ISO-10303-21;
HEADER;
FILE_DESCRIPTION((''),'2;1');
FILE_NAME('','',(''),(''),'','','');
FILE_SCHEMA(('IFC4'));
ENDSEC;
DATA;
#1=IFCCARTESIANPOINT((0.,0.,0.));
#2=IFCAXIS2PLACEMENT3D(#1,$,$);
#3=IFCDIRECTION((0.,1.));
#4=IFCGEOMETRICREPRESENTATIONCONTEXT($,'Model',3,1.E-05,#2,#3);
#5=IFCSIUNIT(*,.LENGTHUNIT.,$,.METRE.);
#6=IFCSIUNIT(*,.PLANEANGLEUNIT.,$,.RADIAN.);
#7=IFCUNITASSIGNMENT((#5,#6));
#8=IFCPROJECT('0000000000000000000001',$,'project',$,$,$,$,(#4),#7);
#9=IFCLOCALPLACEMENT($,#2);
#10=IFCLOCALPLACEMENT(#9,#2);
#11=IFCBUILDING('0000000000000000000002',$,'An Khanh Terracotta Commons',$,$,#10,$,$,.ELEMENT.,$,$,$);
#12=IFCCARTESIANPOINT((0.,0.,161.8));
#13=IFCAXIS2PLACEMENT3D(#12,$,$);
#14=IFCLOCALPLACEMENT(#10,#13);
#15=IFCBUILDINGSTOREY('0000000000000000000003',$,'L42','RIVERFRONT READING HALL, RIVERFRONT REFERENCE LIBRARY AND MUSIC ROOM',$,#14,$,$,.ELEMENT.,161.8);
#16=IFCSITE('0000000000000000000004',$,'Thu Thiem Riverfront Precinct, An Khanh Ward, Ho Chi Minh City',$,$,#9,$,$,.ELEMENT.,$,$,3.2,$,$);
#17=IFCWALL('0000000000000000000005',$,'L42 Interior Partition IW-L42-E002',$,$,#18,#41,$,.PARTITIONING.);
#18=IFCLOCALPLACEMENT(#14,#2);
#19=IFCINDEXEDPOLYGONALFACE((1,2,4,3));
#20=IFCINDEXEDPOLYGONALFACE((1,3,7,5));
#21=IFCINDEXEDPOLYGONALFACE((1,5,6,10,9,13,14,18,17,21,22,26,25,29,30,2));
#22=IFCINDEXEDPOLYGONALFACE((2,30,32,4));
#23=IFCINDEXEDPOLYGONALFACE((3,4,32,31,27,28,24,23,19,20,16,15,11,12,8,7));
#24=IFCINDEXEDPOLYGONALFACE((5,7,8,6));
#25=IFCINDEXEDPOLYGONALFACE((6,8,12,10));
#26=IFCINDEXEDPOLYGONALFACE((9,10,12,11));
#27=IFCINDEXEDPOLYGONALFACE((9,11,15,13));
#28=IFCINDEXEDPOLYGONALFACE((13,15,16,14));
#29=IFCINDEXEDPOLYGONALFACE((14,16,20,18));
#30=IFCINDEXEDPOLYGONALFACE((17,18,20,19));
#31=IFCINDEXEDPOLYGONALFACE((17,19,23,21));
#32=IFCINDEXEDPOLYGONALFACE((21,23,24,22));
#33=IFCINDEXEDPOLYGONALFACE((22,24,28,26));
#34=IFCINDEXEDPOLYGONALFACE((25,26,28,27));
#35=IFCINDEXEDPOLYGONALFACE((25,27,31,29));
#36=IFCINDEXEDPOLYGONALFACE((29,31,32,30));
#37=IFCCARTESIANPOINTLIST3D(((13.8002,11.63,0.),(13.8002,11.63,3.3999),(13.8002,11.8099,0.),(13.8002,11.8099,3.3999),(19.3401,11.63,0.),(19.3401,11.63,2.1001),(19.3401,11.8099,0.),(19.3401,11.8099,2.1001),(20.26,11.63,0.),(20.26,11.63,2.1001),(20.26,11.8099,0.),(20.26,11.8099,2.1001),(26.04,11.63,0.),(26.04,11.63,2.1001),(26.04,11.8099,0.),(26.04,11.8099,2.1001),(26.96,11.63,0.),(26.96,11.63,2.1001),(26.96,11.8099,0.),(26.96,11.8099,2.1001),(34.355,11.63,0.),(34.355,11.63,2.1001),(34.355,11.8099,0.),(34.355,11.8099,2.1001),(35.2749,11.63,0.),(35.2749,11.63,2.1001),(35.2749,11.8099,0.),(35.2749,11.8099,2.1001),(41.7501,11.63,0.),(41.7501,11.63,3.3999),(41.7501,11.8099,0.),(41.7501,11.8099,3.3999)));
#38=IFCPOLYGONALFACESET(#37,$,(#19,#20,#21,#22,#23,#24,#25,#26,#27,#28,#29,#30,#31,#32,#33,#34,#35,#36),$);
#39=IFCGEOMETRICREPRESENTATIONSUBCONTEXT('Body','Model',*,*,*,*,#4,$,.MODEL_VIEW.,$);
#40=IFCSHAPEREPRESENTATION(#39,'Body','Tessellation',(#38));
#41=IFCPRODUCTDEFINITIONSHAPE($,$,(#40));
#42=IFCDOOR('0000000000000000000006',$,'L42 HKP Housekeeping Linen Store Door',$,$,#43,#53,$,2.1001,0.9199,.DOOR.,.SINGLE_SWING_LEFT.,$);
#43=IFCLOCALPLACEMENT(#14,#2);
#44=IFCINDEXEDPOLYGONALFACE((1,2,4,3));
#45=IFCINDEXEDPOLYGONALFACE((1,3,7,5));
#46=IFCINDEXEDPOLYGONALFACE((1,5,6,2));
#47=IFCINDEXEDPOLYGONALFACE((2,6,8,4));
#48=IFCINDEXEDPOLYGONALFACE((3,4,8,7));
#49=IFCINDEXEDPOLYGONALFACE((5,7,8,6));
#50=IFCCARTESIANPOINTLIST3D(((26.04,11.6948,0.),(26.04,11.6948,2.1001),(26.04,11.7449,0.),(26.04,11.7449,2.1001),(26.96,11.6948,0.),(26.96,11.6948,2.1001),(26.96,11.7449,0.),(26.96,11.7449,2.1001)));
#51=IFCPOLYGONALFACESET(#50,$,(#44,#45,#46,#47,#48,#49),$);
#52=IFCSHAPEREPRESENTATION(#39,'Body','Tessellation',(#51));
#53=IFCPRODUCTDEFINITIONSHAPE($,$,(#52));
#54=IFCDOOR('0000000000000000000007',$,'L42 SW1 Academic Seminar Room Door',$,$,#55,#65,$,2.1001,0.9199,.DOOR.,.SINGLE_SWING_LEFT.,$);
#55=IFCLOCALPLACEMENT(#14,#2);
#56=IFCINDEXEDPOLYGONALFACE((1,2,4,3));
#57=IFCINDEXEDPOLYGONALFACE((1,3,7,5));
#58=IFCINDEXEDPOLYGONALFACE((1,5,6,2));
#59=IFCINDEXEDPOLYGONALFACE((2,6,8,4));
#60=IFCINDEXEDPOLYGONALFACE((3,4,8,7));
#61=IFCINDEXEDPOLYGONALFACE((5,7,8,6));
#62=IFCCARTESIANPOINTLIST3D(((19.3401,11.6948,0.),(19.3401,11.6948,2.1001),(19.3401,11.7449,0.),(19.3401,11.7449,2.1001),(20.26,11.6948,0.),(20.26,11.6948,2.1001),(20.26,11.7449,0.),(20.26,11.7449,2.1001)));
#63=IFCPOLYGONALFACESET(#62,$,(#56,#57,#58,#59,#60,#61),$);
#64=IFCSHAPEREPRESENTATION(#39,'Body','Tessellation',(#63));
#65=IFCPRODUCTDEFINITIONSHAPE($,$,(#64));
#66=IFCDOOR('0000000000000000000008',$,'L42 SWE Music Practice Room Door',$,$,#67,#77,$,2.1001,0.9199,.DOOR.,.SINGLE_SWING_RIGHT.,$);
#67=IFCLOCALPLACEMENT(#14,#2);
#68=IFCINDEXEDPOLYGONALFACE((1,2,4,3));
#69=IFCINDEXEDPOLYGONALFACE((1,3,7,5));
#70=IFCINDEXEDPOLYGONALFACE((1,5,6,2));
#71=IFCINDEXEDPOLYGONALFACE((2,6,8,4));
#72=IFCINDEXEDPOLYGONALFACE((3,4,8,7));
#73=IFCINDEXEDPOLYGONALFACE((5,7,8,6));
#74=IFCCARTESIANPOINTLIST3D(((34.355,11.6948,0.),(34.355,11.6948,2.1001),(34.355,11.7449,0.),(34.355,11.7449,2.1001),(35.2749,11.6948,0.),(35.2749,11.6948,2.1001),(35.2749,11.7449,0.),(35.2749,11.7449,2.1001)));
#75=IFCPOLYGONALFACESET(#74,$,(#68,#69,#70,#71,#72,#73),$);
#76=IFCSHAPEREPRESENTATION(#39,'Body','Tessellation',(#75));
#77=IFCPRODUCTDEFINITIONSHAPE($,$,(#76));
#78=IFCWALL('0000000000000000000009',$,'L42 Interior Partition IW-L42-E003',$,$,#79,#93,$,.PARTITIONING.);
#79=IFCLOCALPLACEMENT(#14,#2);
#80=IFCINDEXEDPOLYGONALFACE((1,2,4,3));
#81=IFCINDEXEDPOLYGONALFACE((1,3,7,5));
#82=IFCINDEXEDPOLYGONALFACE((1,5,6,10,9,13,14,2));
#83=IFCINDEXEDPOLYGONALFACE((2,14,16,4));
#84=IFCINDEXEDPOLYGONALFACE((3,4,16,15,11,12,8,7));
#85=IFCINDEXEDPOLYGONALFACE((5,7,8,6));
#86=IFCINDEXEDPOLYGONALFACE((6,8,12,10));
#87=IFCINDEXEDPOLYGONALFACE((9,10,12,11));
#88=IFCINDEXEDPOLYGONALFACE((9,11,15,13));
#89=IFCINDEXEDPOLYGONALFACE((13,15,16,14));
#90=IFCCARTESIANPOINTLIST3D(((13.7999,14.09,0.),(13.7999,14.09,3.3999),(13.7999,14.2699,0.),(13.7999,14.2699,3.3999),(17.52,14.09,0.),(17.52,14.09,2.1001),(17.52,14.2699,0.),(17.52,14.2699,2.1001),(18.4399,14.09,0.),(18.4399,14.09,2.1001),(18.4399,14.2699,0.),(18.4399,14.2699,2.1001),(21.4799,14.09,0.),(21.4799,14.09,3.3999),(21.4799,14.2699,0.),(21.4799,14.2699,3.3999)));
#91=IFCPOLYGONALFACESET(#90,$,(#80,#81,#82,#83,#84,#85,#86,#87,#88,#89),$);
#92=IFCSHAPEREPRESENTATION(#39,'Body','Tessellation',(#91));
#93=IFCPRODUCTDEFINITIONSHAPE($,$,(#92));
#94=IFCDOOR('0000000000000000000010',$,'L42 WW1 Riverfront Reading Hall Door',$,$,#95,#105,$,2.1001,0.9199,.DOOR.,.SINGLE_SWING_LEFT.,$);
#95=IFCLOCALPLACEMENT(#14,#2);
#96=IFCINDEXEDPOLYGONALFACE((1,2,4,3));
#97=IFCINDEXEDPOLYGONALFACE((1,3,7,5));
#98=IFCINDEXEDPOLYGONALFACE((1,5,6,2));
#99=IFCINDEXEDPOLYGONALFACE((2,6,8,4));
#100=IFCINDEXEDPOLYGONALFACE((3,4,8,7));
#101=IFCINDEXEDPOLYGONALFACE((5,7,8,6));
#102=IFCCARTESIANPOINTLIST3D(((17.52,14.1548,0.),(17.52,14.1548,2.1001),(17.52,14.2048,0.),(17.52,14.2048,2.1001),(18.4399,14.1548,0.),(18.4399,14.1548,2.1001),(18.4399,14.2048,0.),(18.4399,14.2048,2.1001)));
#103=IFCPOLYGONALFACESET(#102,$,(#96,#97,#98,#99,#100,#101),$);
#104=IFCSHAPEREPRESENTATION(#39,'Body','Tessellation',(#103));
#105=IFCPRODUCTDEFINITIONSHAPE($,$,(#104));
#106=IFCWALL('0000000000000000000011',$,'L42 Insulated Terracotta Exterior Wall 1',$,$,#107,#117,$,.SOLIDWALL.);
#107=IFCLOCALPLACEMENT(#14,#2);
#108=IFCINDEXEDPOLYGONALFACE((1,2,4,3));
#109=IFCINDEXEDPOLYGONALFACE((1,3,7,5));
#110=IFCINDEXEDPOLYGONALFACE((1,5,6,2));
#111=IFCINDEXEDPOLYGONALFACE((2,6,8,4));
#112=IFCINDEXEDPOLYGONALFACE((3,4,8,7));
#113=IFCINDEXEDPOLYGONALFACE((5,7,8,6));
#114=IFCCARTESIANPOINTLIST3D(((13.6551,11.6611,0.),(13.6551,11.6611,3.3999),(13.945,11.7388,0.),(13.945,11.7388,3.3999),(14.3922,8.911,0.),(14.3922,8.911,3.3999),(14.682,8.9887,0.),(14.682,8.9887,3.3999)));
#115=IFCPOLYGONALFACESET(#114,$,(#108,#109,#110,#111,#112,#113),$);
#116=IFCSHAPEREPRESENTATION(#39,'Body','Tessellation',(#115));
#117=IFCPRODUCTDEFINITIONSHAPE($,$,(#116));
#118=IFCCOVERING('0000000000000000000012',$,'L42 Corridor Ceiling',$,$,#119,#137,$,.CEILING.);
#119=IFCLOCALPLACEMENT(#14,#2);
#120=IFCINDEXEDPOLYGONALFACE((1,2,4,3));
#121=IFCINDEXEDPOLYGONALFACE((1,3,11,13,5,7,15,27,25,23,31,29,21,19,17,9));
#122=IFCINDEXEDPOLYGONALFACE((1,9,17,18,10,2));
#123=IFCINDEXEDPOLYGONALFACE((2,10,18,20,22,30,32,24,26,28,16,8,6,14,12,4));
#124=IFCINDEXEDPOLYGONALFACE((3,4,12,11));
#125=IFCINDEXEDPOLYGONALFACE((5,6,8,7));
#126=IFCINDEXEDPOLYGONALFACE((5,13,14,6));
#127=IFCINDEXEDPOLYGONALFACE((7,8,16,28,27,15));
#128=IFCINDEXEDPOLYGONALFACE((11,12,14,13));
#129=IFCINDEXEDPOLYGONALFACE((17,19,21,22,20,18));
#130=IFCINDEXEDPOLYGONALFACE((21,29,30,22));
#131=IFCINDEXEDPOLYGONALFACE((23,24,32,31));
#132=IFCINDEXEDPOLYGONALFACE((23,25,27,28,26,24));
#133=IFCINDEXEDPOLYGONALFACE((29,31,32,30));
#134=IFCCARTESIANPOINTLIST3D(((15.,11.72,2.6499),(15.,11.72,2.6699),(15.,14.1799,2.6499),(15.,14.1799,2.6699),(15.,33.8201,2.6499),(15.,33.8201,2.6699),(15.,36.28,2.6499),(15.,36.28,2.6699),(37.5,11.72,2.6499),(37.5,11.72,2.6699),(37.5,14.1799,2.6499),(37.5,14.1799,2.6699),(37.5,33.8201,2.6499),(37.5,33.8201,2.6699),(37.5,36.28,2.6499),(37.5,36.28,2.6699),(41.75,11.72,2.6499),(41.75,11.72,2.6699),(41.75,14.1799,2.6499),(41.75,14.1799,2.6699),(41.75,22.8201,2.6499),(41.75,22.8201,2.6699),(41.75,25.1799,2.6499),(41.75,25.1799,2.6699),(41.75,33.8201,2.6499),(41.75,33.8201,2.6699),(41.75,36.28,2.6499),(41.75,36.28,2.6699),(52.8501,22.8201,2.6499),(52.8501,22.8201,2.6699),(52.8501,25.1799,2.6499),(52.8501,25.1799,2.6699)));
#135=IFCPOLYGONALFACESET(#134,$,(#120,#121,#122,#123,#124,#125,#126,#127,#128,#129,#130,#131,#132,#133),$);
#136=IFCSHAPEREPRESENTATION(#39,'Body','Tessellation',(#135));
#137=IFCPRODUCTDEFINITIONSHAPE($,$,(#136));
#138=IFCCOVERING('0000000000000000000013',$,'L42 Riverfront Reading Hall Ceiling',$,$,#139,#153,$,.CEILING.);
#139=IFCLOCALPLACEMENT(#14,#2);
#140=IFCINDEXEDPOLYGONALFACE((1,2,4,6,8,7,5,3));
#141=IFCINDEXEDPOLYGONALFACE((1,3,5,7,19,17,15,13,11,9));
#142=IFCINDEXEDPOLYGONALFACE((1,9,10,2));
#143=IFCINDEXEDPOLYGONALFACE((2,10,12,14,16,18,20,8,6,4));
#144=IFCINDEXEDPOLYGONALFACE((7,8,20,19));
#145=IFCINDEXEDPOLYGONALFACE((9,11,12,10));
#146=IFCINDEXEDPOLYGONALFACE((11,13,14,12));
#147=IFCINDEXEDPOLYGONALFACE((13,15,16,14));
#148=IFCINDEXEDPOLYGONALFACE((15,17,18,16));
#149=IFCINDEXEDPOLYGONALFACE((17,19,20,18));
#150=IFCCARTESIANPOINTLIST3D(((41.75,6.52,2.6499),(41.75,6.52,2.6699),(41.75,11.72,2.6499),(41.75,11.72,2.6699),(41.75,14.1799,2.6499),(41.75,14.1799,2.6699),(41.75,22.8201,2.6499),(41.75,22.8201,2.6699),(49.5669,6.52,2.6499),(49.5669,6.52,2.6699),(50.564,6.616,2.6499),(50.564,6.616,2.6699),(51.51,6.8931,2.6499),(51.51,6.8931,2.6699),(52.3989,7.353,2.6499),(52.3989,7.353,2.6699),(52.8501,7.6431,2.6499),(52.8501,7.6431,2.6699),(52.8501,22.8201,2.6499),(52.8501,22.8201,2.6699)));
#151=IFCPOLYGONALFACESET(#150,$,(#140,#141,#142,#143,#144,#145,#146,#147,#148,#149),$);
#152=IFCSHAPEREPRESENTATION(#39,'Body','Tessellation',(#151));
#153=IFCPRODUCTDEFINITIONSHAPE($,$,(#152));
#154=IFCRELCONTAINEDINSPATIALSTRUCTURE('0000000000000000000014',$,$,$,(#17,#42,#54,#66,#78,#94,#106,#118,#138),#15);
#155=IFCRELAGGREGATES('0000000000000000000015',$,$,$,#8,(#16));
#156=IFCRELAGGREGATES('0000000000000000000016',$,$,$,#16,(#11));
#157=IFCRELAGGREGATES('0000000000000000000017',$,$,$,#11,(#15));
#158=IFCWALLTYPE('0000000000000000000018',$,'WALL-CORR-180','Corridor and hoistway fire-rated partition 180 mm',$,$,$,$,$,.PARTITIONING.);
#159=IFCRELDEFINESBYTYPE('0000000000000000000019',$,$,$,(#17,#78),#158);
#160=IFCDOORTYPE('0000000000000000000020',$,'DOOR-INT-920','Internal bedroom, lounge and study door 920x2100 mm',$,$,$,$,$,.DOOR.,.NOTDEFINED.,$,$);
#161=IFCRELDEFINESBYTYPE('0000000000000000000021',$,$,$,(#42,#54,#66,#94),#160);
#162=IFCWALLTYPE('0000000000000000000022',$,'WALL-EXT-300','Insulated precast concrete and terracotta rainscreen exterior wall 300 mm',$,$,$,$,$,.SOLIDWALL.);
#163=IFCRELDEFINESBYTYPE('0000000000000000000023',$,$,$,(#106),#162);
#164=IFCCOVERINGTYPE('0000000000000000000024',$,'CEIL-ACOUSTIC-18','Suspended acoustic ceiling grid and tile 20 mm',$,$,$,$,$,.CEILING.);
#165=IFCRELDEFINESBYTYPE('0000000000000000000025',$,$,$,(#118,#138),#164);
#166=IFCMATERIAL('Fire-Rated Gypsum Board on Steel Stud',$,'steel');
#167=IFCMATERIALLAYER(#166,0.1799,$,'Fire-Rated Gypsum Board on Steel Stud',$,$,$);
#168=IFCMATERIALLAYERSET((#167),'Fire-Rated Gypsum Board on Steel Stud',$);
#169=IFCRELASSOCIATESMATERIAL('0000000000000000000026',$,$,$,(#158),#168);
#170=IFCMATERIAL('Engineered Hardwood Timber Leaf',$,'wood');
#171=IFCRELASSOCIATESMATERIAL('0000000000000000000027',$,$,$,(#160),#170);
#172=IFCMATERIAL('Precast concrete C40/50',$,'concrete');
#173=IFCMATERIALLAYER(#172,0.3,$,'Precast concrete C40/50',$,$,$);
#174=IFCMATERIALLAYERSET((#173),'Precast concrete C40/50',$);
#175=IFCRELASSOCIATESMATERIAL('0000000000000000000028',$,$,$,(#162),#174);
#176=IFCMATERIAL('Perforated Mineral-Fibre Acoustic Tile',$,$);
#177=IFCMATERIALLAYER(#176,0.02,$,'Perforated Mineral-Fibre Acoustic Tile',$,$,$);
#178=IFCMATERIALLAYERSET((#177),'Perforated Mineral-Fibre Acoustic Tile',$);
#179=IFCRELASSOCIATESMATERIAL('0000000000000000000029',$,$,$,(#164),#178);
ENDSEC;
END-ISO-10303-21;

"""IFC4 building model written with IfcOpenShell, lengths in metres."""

from ifc_helpers import new_model, si_unit, direction, frame, frame_2d, origin, place, context, subcontext, project, spatial, polyline, rectangle, outline, extrude, material, layer, layer_set, type_object, element, fill, save


model = new_model("IFC4")

# Units and contexts
model_context = context("Model", 3, precision=1e-05, world=origin(), true_north=direction((0.0, 1.0)))
body_context = subcontext(model_context, "Body", "Model", "MODEL_VIEW")
ifc_project = project(units=[si_unit("LENGTHUNIT", "METRE"), si_unit("PLANEANGLEUNIT", "RADIAN")], contexts=[model_context])

# Site, building, storey
site_placement = place(None, origin())
site = spatial("IfcSite", under=ifc_project, at=site_placement, Name="Thu Thiem Riverfront Precinct, An Khanh Ward, Ho Chi Minh City", CompositionType="ELEMENT", RefElevation=3.2)
building_placement = place(site_placement, origin())
building = spatial("IfcBuilding", under=site, at=building_placement, Name="An Khanh Terracotta Commons", CompositionType="ELEMENT")
storey_placement = place(building_placement, frame((0.0, 0.0, 161.8)))
storey = spatial("IfcBuildingStorey", under=building, at=storey_placement, Name="L42", Description="RIVERFRONT READING HALL, RIVERFRONT REFERENCE LIBRARY AND MUSIC ROOM", CompositionType="ELEMENT", Elevation=161.8)

# Shared definitions
ifc_material_1 = material(Name="Precast concrete C40/50", Category="concrete")

# Wall, openings, doors
ifc_material_2 = material(Name="Fire-Rated Gypsum Board on Steel Stud", Category="steel")
ifc_layer_1 = layer(ifc_material_2, 0.1799, Name="Fire-Rated Gypsum Board on Steel Stud")
ifc_layer_set_1 = layer_set([ifc_layer_1], Name="Fire-Rated Gypsum Board on Steel Stud")
wall_type_1 = type_object("IfcWallType", Name="WALL-CORR-180", Description="Corridor and hoistway fire-rated partition 180 mm", PredefinedType="PARTITIONING", material=ifc_layer_set_1)
wall_1_placement = place(storey_placement, frame((13.8, 11.72, 0.0), z_axis=(0.0, 0.0, 1.0), x_axis=(1.0, 0.0, 0.0)))
wall_1 = element("IfcWall", 1, at=wall_1_placement, inside=storey, type_object=wall_type_1, Name="L42 Interior Partition IW-L42-E002", PredefinedType="PARTITIONING", context=body_context, shape_type="SweptSolid", body=[
    extrude(rectangle(XDim=27.95, YDim=0.1799, at=frame_2d((13.9751, 0.0))), origin(), (0.0, 0.0, 1.0), 3.3999),
])
opening_1_placement = place(wall_1_placement, frame((12.24, 0.0, 0.0)))
opening_1 = element("IfcOpeningElement", 2, at=opening_1_placement, cuts=wall_1, PredefinedType="OPENING", context=body_context, shape_type="SweptSolid", body=[
    extrude(rectangle(XDim=0.9199, YDim=2.1001, at=frame_2d((0.46, 1.05))), frame((0.0, 0.0999, 0.0), z_axis=(0.0, -1.0, 0.0), x_axis=(1.0, 0.0, 0.0)), (0.0, 0.0, 1.0), 0.2),
])
opening_2_placement = place(wall_1_placement, frame((5.54, 0.0, 0.0)))
opening_2 = element("IfcOpeningElement", 3, at=opening_2_placement, cuts=wall_1, PredefinedType="OPENING", context=body_context, shape_type="SweptSolid", body=[
    extrude(rectangle(XDim=0.9199, YDim=2.1001, at=frame_2d((0.46, 1.05))), frame((0.0, 0.0999, 0.0), z_axis=(0.0, -1.0, 0.0), x_axis=(1.0, 0.0, 0.0)), (0.0, 0.0, 1.0), 0.2),
])
opening_3_placement = place(wall_1_placement, frame((20.5549, 0.0, 0.0)))
opening_3 = element("IfcOpeningElement", 4, at=opening_3_placement, cuts=wall_1, PredefinedType="OPENING", context=body_context, shape_type="SweptSolid", body=[
    extrude(rectangle(XDim=0.9199, YDim=2.1001, at=frame_2d((0.46, 1.05))), frame((0.0, 0.0999, 0.0), z_axis=(0.0, -1.0, 0.0), x_axis=(1.0, 0.0, 0.0)), (0.0, 0.0, 1.0), 0.2),
])
ifc_material_3 = material(Name="Engineered Hardwood Timber Leaf", Category="wood")
door_type = type_object("IfcDoorType", Name="DOOR-INT-920", Description="Internal bedroom, lounge and study door 920x2100 mm", OperationType="NOTDEFINED", PredefinedType="DOOR", material=ifc_material_3)
door_1_placement = place(opening_1_placement, origin())
door_1 = element("IfcDoor", 5, at=door_1_placement, inside=storey, type_object=door_type, Name="L42 HKP Housekeeping Linen Store Door", OperationType="SINGLE_SWING_LEFT", OverallHeight=2.1001, OverallWidth=0.9199, PredefinedType="DOOR", context=body_context, shape_type="SweptSolid", body=[
    extrude(rectangle(XDim=0.9199, YDim=2.1001, at=frame_2d((0.46, 1.05))), frame((0.0, 0.0249, 0.0), z_axis=(0.0, -1.0, 0.0), x_axis=(1.0, 0.0, 0.0)), (0.0, 0.0, 1.0), 0.05),
])
fill(opening_1, door_1)
door_2_placement = place(opening_2_placement, origin())
door_2 = element("IfcDoor", 6, at=door_2_placement, inside=storey, type_object=door_type, Name="L42 SW1 Academic Seminar Room Door", OperationType="SINGLE_SWING_LEFT", OverallHeight=2.1001, OverallWidth=0.9199, PredefinedType="DOOR", context=body_context, shape_type="SweptSolid", body=[
    extrude(rectangle(XDim=0.9199, YDim=2.1001, at=frame_2d((0.46, 1.05))), frame((0.0, 0.0249, 0.0), z_axis=(0.0, -1.0, 0.0), x_axis=(1.0, 0.0, 0.0)), (0.0, 0.0, 1.0), 0.05),
])
fill(opening_2, door_2)
door_3_placement = place(opening_3_placement, origin())
door_3 = element("IfcDoor", 7, at=door_3_placement, inside=storey, type_object=door_type, Name="L42 SWE Music Practice Room Door", OperationType="SINGLE_SWING_RIGHT", OverallHeight=2.1001, OverallWidth=0.9199, PredefinedType="DOOR", context=body_context, shape_type="SweptSolid", body=[
    extrude(rectangle(XDim=0.9199, YDim=2.1001, at=frame_2d((0.46, 1.05))), frame((0.0, 0.0249, 0.0), z_axis=(0.0, -1.0, 0.0), x_axis=(1.0, 0.0, 0.0)), (0.0, 0.0, 1.0), 0.05),
])
fill(opening_3, door_3)

# Wall, opening, door
wall_2_placement = place(storey_placement, frame((13.8, 14.1799, 0.0), z_axis=(0.0, 0.0, 1.0), x_axis=(1.0, 0.0, 0.0)))
wall_2 = element("IfcWall", 8, at=wall_2_placement, inside=storey, type_object=wall_type_1, Name="L42 Interior Partition IW-L42-E003", PredefinedType="PARTITIONING", context=body_context, shape_type="SweptSolid", body=[
    extrude(rectangle(XDim=7.6799, YDim=0.1799, at=frame_2d((3.8398, 0.0))), origin(), (0.0, 0.0, 1.0), 3.3999),
])
opening_4_placement = place(wall_2_placement, frame((3.72, 0.0, 0.0)))
opening_4 = element("IfcOpeningElement", 9, at=opening_4_placement, cuts=wall_2, PredefinedType="OPENING", context=body_context, shape_type="SweptSolid", body=[
    extrude(rectangle(XDim=0.9199, YDim=2.1001, at=frame_2d((0.46, 1.05))), frame((0.0, 0.0999, 0.0), z_axis=(0.0, -1.0, 0.0), x_axis=(1.0, 0.0, 0.0)), (0.0, 0.0, 1.0), 0.2),
])
door_4_placement = place(opening_4_placement, origin())
door_4 = element("IfcDoor", 10, at=door_4_placement, inside=storey, type_object=door_type, Name="L42 WW1 Riverfront Reading Hall Door", OperationType="SINGLE_SWING_LEFT", OverallHeight=2.1001, OverallWidth=0.9199, PredefinedType="DOOR", context=body_context, shape_type="SweptSolid", body=[
    extrude(rectangle(XDim=0.9199, YDim=2.1001, at=frame_2d((0.46, 1.05))), frame((0.0, 0.0249, 0.0), z_axis=(0.0, -1.0, 0.0), x_axis=(1.0, 0.0, 0.0)), (0.0, 0.0, 1.0), 0.05),
])
fill(opening_4, door_4)

# Wall
ifc_layer_2 = layer(ifc_material_1, 0.3, Name="Precast concrete C40/50")
ifc_layer_set_2 = layer_set([ifc_layer_2], Name="Precast concrete C40/50")
wall_type_2 = type_object("IfcWallType", Name="WALL-EXT-300", Description="Insulated precast concrete and terracotta rainscreen exterior wall 300 mm", PredefinedType="SOLIDWALL", material=ifc_layer_set_2)
wall_3_placement = place(storey_placement, frame((13.8, 11.7, 0.0), z_axis=(0.0, 0.0, 1.0), x_axis=(0.258885, -0.965908, 0.0)))
element("IfcWall", 11, at=wall_3_placement, inside=storey, type_object=wall_type_2, Name="L42 Insulated Terracotta Exterior Wall 1", PredefinedType="SOLIDWALL", context=body_context, shape_type="SweptSolid", body=[
    extrude(rectangle(XDim=2.8472, YDim=0.3, at=frame_2d((1.4236, 0.0))), origin(), (0.0, 0.0, 1.0), 3.3999),
])

# Coverings
ifc_material_4 = material(Name="Perforated Mineral-Fibre Acoustic Tile")
ifc_layer_3 = layer(ifc_material_4, 0.02, Name="Perforated Mineral-Fibre Acoustic Tile")
ifc_layer_set_3 = layer_set([ifc_layer_3], Name="Perforated Mineral-Fibre Acoustic Tile")
covering_type = type_object("IfcCoveringType", Name="CEIL-ACOUSTIC-18", Description="Suspended acoustic ceiling grid and tile 20 mm", PredefinedType="CEILING", material=ifc_layer_set_3)
covering_1_placement = place(storey_placement, frame((0.0, 0.0, 2.6499)))
element("IfcCovering", 12, at=covering_1_placement, inside=storey, type_object=covering_type, Name="L42 Corridor Ceiling", PredefinedType="CEILING", context=body_context, shape_type="SweptSolid", body=[
    extrude(outline(polyline([(15.0, 11.72), (15.0, 14.1799), (37.5, 14.1799), (37.5, 33.8201), (15.0, 33.8201), (15.0, 36.28), (37.5, 36.28), (41.75, 36.28), (41.75, 33.8201), (41.75, 25.1799), (52.8501, 25.1799), (52.8501, 22.8201), (41.75, 22.8201), (41.75, 14.1799), (41.75, 11.72), (37.5, 11.72), (15.0, 11.72)])), origin(), (0.0, 0.0, 1.0), 0.02),
])
covering_2_placement = place(storey_placement, frame((0.0, 0.0, 2.6499)))
element("IfcCovering", 13, at=covering_2_placement, inside=storey, type_object=covering_type, Name="L42 Riverfront Reading Hall Ceiling", PredefinedType="CEILING", context=body_context, shape_type="SweptSolid", body=[
    extrude(outline(polyline([(52.3989, 7.353), (51.51, 6.8931), (50.564, 6.616), (49.5669, 6.52), (41.75, 6.52), (41.75, 11.72), (41.75, 14.1799), (41.75, 22.8201), (52.8501, 22.8201), (52.8501, 7.6431), (52.3989, 7.353)])), origin(), (0.0, 0.0, 1.0), 0.02),
])

save(model, "model.ifc")
